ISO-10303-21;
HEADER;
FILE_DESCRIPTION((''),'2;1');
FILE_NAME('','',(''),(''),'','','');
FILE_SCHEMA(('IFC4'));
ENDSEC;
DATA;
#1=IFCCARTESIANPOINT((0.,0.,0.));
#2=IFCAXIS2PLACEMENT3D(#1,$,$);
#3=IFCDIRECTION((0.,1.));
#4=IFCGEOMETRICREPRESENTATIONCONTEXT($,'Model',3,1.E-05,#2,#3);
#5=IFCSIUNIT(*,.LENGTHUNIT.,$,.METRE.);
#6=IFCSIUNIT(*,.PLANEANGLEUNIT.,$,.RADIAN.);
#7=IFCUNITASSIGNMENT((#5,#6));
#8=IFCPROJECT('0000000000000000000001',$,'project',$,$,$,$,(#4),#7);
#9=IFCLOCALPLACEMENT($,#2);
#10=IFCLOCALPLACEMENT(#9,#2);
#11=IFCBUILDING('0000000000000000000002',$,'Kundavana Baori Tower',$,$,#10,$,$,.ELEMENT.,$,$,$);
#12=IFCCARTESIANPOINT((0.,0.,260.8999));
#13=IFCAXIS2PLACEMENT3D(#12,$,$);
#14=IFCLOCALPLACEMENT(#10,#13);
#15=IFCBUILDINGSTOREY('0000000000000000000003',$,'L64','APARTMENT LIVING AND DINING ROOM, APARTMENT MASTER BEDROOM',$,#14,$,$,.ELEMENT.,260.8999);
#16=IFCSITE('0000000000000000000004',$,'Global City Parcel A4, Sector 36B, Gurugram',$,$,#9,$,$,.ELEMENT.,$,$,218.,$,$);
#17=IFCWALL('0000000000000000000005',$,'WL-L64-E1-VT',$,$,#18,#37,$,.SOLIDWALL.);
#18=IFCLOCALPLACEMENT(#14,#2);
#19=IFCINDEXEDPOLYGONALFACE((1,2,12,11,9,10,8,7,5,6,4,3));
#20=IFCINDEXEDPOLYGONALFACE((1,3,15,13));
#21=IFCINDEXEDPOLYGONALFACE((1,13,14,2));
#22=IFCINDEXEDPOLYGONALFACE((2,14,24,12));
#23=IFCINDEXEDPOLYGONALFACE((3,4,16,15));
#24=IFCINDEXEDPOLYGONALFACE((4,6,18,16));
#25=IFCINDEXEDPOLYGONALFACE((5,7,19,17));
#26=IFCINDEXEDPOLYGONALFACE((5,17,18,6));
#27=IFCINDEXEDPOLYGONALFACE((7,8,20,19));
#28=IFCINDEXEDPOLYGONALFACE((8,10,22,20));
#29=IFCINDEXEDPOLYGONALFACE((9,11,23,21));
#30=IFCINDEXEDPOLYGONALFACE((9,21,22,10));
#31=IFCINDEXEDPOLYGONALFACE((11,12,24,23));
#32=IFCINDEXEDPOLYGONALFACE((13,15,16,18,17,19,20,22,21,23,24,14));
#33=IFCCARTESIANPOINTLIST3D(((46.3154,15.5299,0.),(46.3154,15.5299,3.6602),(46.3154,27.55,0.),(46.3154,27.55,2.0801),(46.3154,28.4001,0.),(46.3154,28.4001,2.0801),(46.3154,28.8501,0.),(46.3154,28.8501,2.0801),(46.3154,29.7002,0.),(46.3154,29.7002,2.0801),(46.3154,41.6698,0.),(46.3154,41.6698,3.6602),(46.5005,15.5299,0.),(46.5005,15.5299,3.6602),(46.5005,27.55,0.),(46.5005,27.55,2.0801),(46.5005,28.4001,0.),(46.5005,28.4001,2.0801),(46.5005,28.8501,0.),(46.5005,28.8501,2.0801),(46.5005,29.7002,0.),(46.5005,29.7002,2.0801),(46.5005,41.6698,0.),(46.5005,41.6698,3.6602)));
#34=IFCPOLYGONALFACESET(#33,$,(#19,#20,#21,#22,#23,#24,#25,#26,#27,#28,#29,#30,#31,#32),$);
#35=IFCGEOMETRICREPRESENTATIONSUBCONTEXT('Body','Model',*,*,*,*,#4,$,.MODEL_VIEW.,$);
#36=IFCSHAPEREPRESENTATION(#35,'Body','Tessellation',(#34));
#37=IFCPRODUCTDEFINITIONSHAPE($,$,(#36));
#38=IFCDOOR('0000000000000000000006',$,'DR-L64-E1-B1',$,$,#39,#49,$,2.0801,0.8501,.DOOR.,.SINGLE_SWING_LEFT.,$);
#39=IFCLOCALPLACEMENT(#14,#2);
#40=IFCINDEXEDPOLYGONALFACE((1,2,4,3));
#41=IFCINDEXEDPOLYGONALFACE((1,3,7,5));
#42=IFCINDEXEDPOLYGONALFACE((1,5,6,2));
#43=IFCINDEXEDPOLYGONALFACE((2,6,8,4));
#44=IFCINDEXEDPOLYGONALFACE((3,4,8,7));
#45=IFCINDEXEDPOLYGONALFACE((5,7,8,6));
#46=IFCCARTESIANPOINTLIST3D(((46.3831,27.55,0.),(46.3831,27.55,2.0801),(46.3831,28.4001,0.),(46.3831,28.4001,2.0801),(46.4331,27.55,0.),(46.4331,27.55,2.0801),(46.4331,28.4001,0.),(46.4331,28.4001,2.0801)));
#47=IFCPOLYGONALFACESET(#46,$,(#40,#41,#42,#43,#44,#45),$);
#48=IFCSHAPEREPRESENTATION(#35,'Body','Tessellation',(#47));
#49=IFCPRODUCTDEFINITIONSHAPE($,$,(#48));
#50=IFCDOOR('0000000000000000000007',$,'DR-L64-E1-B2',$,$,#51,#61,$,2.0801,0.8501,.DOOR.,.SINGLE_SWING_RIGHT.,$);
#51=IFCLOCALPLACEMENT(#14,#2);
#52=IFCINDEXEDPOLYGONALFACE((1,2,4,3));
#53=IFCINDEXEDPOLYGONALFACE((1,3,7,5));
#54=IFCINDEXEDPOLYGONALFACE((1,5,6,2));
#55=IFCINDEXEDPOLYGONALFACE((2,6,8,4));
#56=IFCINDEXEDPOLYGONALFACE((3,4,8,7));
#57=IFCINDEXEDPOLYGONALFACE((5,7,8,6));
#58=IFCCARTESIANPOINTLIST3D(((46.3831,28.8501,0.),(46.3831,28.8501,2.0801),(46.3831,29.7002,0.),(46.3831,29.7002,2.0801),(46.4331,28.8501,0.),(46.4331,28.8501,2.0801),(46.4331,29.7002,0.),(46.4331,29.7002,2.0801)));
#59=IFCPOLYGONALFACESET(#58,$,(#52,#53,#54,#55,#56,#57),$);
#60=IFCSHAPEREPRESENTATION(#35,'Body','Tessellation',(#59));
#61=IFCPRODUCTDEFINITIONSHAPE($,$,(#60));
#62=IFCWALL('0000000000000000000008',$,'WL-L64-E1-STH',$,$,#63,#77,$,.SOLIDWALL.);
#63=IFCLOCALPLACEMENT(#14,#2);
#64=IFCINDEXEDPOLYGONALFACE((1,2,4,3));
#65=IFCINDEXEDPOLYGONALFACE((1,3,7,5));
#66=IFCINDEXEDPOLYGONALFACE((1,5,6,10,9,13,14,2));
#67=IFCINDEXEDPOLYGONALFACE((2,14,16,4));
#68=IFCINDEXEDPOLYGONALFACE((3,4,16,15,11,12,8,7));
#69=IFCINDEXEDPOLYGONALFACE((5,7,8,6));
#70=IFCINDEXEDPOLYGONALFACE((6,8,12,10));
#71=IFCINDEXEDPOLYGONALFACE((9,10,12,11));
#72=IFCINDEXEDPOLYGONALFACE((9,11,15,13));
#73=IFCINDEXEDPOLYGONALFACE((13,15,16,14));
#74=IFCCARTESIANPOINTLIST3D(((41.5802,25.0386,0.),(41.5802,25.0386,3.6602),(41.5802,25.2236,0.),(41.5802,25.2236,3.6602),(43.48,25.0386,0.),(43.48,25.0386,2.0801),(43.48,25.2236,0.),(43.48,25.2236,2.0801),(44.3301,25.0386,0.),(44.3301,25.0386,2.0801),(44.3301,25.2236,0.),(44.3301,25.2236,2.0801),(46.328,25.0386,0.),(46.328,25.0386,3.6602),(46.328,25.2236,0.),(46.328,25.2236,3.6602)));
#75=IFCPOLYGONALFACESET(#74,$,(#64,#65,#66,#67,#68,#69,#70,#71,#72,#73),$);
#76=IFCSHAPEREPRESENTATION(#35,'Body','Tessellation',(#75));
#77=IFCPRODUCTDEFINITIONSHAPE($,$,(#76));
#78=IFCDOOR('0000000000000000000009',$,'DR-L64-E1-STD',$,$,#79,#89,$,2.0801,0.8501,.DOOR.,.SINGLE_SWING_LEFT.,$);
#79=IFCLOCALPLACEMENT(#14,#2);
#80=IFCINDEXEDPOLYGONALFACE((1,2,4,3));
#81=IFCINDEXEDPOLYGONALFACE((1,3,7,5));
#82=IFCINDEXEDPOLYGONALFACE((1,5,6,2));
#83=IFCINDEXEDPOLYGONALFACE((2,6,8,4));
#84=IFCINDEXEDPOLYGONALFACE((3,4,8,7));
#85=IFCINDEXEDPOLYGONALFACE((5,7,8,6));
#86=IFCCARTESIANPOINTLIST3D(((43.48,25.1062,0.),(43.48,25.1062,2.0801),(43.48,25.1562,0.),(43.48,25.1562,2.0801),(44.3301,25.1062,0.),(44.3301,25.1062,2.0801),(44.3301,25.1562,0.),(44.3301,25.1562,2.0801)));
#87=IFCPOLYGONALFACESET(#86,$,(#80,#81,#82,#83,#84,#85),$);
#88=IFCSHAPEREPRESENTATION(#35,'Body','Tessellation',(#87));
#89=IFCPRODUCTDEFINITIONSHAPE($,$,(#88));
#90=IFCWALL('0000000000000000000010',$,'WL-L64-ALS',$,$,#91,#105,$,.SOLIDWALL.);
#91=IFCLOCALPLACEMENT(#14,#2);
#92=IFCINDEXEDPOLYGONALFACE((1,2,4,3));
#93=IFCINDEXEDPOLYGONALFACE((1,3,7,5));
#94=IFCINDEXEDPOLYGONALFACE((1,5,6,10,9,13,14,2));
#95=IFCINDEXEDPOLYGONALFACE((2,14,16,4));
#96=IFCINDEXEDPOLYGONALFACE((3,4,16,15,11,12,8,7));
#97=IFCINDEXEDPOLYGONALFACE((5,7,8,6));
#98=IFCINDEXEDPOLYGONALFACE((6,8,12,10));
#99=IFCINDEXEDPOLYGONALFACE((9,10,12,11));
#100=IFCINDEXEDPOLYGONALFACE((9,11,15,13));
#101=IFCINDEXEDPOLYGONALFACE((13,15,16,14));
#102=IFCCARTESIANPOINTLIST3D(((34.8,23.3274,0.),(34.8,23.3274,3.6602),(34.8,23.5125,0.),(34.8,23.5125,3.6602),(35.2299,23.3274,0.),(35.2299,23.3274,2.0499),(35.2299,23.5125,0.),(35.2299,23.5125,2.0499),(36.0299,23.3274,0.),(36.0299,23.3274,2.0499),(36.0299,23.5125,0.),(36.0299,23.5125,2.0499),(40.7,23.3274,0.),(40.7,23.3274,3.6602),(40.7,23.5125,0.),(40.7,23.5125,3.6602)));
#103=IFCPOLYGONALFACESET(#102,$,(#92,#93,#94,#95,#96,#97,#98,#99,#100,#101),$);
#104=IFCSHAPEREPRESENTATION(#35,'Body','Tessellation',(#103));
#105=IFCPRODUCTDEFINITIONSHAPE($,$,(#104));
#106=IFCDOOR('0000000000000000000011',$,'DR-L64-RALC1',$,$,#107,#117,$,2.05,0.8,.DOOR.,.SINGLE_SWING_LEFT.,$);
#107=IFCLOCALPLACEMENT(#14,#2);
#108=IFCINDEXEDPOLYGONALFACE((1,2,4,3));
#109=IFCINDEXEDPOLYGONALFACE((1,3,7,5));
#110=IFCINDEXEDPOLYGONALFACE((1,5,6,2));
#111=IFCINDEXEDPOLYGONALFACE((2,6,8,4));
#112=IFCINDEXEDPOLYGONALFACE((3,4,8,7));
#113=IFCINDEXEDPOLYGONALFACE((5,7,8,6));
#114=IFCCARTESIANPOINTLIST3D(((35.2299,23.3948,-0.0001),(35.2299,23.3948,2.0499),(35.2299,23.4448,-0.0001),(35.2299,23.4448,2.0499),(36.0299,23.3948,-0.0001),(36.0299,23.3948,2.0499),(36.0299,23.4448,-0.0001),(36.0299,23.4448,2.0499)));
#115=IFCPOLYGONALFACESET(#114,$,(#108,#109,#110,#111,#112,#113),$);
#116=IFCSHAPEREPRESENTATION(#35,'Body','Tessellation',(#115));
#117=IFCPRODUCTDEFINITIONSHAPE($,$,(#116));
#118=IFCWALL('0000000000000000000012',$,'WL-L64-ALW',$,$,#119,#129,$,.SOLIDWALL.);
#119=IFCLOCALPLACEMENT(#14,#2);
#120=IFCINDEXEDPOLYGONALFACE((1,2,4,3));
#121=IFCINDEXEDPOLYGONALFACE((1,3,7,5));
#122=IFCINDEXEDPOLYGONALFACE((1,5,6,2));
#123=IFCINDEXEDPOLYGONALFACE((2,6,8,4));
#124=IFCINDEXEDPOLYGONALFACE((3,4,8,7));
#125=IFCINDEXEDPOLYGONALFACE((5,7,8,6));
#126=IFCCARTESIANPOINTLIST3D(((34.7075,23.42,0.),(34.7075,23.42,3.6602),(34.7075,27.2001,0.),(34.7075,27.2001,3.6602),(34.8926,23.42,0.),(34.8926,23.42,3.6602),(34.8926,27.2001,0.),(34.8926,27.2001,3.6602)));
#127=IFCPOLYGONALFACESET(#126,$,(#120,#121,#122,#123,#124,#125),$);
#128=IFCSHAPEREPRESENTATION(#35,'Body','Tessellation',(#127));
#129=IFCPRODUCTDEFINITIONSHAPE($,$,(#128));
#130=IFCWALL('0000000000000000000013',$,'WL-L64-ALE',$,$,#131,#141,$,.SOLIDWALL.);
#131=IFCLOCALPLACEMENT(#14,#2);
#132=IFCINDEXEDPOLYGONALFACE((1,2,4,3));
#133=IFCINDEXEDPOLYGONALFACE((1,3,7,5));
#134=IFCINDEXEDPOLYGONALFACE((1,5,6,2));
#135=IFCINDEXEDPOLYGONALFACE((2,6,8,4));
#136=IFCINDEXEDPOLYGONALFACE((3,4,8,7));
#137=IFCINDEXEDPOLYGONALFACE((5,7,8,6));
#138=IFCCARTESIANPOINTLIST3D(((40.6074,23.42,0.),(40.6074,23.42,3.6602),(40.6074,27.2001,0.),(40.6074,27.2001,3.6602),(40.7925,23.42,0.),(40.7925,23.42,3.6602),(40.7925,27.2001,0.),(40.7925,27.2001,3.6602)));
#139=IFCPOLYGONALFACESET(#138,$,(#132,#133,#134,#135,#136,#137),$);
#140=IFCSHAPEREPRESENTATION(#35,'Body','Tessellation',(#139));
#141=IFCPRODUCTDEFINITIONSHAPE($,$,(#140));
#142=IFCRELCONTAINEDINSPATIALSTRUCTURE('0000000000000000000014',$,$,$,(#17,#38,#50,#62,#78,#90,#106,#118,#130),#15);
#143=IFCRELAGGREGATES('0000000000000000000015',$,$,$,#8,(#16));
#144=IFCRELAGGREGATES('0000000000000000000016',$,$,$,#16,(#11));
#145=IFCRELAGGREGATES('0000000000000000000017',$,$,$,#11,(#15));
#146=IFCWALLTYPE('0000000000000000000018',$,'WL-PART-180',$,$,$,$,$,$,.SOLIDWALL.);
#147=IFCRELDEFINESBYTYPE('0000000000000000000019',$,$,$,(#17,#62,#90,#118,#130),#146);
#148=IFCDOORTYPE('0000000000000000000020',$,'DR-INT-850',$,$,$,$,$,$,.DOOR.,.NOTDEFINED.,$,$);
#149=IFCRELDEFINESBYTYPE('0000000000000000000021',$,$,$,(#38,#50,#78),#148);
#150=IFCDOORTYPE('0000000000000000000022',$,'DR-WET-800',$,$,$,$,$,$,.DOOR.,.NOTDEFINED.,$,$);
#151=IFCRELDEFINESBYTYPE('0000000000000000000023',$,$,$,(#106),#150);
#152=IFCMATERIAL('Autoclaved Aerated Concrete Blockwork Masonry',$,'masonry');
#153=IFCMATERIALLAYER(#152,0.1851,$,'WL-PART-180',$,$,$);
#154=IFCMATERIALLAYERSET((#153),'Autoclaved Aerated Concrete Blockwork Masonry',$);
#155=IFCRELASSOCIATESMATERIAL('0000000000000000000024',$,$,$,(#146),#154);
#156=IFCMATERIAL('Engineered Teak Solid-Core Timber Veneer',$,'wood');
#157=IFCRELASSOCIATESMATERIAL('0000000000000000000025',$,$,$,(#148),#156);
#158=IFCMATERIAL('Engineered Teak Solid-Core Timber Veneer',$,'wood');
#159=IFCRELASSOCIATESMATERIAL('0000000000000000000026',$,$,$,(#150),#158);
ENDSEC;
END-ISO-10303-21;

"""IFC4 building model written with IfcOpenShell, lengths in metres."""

from ifc_helpers import new_model, si_unit, direction, frame, frame_2d, origin, place, context, subcontext, project, spatial, rectangle, extrude, material, layer, layer_set, type_object, element, fill, save


model = new_model("IFC4")

# Units and contexts
model_context = context("Model", 3, precision=1e-05, world=origin(), true_north=direction((0.0, 1.0)))
body_context = subcontext(model_context, "Body", "Model", "MODEL_VIEW")
ifc_project = project(units=[si_unit("LENGTHUNIT", "METRE"), si_unit("PLANEANGLEUNIT", "RADIAN")], contexts=[model_context])

# Site, building, storey
site_placement = place(None, origin())
site = spatial("IfcSite", under=ifc_project, at=site_placement, Name="Global City Parcel A4, Sector 36B, Gurugram", CompositionType="ELEMENT", RefElevation=218.0)
building_placement = place(site_placement, origin())
building = spatial("IfcBuilding", under=site, at=building_placement, Name="Kundavana Baori Tower", CompositionType="ELEMENT")
storey_placement = place(building_placement, frame((0.0, 0.0, 260.8999)))
storey = spatial("IfcBuildingStorey", under=building, at=storey_placement, Name="L64", Description="APARTMENT LIVING AND DINING ROOM, APARTMENT MASTER BEDROOM", CompositionType="ELEMENT", Elevation=260.8999)

# Shared definitions
ifc_material_1 = material(Name="Autoclaved Aerated Concrete Blockwork Masonry", Category="masonry")
ifc_layer = layer(ifc_material_1, 0.1851, Name="WL-PART-180")
ifc_layer_set = layer_set([ifc_layer], Name="Autoclaved Aerated Concrete Blockwork Masonry")
wall_type = type_object("IfcWallType", Name="WL-PART-180", PredefinedType="SOLIDWALL", material=ifc_layer_set)

# Wall, openings, doors
wall_1_placement = place(storey_placement, frame((46.408, 15.53, 0.0), z_axis=(0.0, 0.0, 1.0), x_axis=(0.0, 1.0, 0.0)))
wall_1 = element("IfcWall", 1, at=wall_1_placement, inside=storey, type_object=wall_type, Name="WL-L64-E1-VT", PredefinedType="SOLIDWALL", context=body_context, shape_type="SweptSolid", body=[
    extrude(rectangle(XDim=26.1399, YDim=0.1851, at=frame_2d((13.0698, 0.0))), origin(), (0.0, 0.0, 1.0), 3.6602),
])
opening_1_placement = place(wall_1_placement, frame((12.02, 0.0, 0.0)))
opening_1 = element("IfcOpeningElement", 2, at=opening_1_placement, cuts=wall_1, PredefinedType="OPENING", context=body_context, shape_type="SweptSolid", body=[
    extrude(rectangle(XDim=0.8501, YDim=2.0801, at=frame_2d((0.425, 1.04))), frame((0.0, 0.1025, 0.0), z_axis=(0.0, -1.0, 0.0), x_axis=(1.0, 0.0, 0.0)), (0.0, 0.0, 1.0), 0.2051),
])
opening_2_placement = place(wall_1_placement, frame((13.3201, 0.0, 0.0)))
opening_2 = element("IfcOpeningElement", 3, at=opening_2_placement, cuts=wall_1, PredefinedType="OPENING", context=body_context, shape_type="SweptSolid", body=[
    extrude(rectangle(XDim=0.8501, YDim=2.0801, at=frame_2d((0.425, 1.04))), frame((0.0, 0.1025, 0.0), z_axis=(0.0, -1.0, 0.0), x_axis=(1.0, 0.0, 0.0)), (0.0, 0.0, 1.0), 0.2051),
])
ifc_material_2 = material(Name="Engineered Teak Solid-Core Timber Veneer", Category="wood")
door_type_1 = type_object("IfcDoorType", Name="DR-INT-850", OperationType="NOTDEFINED", PredefinedType="DOOR", material=ifc_material_2)
door_1_placement = place(opening_1_placement, origin())
door_1 = element("IfcDoor", 4, at=door_1_placement, inside=storey, type_object=door_type_1, Name="DR-L64-E1-B1", OperationType="SINGLE_SWING_LEFT", OverallHeight=2.0801, OverallWidth=0.8501, PredefinedType="DOOR", context=body_context, shape_type="SweptSolid", body=[
    extrude(rectangle(XDim=0.8501, YDim=2.0801, at=frame_2d((0.425, 1.04))), frame((0.0, 0.0249, 0.0), z_axis=(0.0, -1.0, 0.0), x_axis=(1.0, 0.0, 0.0)), (0.0, 0.0, 1.0), 0.05),
])
fill(opening_1, door_1)
door_2_placement = place(opening_2_placement, origin())
door_2 = element("IfcDoor", 5, at=door_2_placement, inside=storey, type_object=door_type_1, Name="DR-L64-E1-B2", OperationType="SINGLE_SWING_RIGHT", OverallHeight=2.0801, OverallWidth=0.8501, PredefinedType="DOOR", context=body_context, shape_type="SweptSolid", body=[
    extrude(rectangle(XDim=0.8501, YDim=2.0801, at=frame_2d((0.425, 1.04))), frame((0.0, 0.0249, 0.0), z_axis=(0.0, -1.0, 0.0), x_axis=(1.0, 0.0, 0.0)), (0.0, 0.0, 1.0), 0.05),
])
fill(opening_2, door_2)

# Walls, openings, doors
wall_2_placement = place(storey_placement, frame((41.5801, 25.1311, 0.0), z_axis=(0.0, 0.0, 1.0), x_axis=(1.0, 0.0, 0.0)))
wall_2 = element("IfcWall", 6, at=wall_2_placement, inside=storey, type_object=wall_type, Name="WL-L64-E1-STH", PredefinedType="SOLIDWALL", context=body_context, shape_type="SweptSolid", body=[
    extrude(rectangle(XDim=4.7478, YDim=0.1851, at=frame_2d((2.374, 0.0))), origin(), (0.0, 0.0, 1.0), 3.6602),
])
opening_3_placement = place(wall_2_placement, frame((1.8999, 0.0, 0.0)))
opening_3 = element("IfcOpeningElement", 7, at=opening_3_placement, cuts=wall_2, PredefinedType="OPENING", context=body_context, shape_type="SweptSolid", body=[
    extrude(rectangle(XDim=0.8501, YDim=2.0801, at=frame_2d((0.425, 1.04))), frame((0.0, 0.1025, 0.0), z_axis=(0.0, -1.0, 0.0), x_axis=(1.0, 0.0, 0.0)), (0.0, 0.0, 1.0), 0.2051),
])
door_3_placement = place(opening_3_placement, frame((0.8501, 0.0, 0.0), z_axis=(0.0, 0.0, 1.0), x_axis=(-1.0, 0.0, 0.0)))
door_3 = element("IfcDoor", 8, at=door_3_placement, inside=storey, type_object=door_type_1, Name="DR-L64-E1-STD", OperationType="SINGLE_SWING_LEFT", OverallHeight=2.0801, OverallWidth=0.8501, PredefinedType="DOOR", context=body_context, shape_type="SweptSolid", body=[
    extrude(rectangle(XDim=0.8501, YDim=2.0801, at=frame_2d((0.425, 1.04))), frame((0.0, 0.0249, 0.0), z_axis=(0.0, -1.0, 0.0), x_axis=(1.0, 0.0, 0.0)), (0.0, 0.0, 1.0), 0.05),
])
fill(opening_3, door_3)
wall_3_placement = place(storey_placement, frame((34.8, 23.4199, 0.0), z_axis=(0.0, 0.0, 1.0), x_axis=(1.0, 0.0, 0.0)))
wall_3 = element("IfcWall", 9, at=wall_3_placement, inside=storey, type_object=wall_type, Name="WL-L64-ALS", PredefinedType="SOLIDWALL", context=body_context, shape_type="SweptSolid", body=[
    extrude(rectangle(XDim=5.8999, YDim=0.1851, at=frame_2d((2.95, 0.0))), origin(), (0.0, 0.0, 1.0), 3.6602),
])
opening_4_placement = place(wall_3_placement, frame((0.4299, 0.0, 0.0)))
opening_4 = element("IfcOpeningElement", 10, at=opening_4_placement, cuts=wall_3, PredefinedType="OPENING", context=body_context, shape_type="SweptSolid", body=[
    extrude(rectangle(XDim=0.8, YDim=2.05, at=frame_2d((0.3999, 1.0249))), frame((0.0, 0.1025, 0.0), z_axis=(0.0, -1.0, 0.0), x_axis=(1.0, 0.0, 0.0)), (0.0, 0.0, 1.0), 0.2051),
])
ifc_material_3 = material(Name="Engineered Teak Solid-Core Timber Veneer", Category="wood")
door_type_2 = type_object("IfcDoorType", Name="DR-WET-800", OperationType="NOTDEFINED", PredefinedType="DOOR", material=ifc_material_3)
door_4_placement = place(opening_4_placement, origin())
door_4 = element("IfcDoor", 11, at=door_4_placement, inside=storey, type_object=door_type_2, Name="DR-L64-RALC1", OperationType="SINGLE_SWING_LEFT", OverallHeight=2.05, OverallWidth=0.8, PredefinedType="DOOR", context=body_context, shape_type="SweptSolid", body=[
    extrude(rectangle(XDim=0.8, YDim=2.05, at=frame_2d((0.3999, 1.0249))), frame((0.0, 0.0249, 0.0), z_axis=(0.0, -1.0, 0.0), x_axis=(1.0, 0.0, 0.0)), (0.0, 0.0, 1.0), 0.05),
])
fill(opening_4, door_4)

# Walls
for number, where, z_axis, x_axis, name in (
    (12, (34.8, 23.4199, 0.0), (0.0, 0.0, 1.0), (0.0, 1.0, 0.0), "WL-L64-ALW"),
    (13, (40.7, 23.4199, 0.0), (0.0, 0.0, 1.0), (0.0, 1.0, 0.0), "WL-L64-ALE"),
):
    element("IfcWall", number, at=place(storey_placement, frame(where, z_axis=z_axis, x_axis=x_axis)), inside=storey, type_object=wall_type, Name=name, PredefinedType="SOLIDWALL", context=body_context, shape_type="SweptSolid", body=[
        extrude(rectangle(XDim=3.78, YDim=0.1851, at=frame_2d((1.8901, 0.0))), origin(), (0.0, 0.0, 1.0), 3.6602),
    ])

save(model, "model.ifc")
